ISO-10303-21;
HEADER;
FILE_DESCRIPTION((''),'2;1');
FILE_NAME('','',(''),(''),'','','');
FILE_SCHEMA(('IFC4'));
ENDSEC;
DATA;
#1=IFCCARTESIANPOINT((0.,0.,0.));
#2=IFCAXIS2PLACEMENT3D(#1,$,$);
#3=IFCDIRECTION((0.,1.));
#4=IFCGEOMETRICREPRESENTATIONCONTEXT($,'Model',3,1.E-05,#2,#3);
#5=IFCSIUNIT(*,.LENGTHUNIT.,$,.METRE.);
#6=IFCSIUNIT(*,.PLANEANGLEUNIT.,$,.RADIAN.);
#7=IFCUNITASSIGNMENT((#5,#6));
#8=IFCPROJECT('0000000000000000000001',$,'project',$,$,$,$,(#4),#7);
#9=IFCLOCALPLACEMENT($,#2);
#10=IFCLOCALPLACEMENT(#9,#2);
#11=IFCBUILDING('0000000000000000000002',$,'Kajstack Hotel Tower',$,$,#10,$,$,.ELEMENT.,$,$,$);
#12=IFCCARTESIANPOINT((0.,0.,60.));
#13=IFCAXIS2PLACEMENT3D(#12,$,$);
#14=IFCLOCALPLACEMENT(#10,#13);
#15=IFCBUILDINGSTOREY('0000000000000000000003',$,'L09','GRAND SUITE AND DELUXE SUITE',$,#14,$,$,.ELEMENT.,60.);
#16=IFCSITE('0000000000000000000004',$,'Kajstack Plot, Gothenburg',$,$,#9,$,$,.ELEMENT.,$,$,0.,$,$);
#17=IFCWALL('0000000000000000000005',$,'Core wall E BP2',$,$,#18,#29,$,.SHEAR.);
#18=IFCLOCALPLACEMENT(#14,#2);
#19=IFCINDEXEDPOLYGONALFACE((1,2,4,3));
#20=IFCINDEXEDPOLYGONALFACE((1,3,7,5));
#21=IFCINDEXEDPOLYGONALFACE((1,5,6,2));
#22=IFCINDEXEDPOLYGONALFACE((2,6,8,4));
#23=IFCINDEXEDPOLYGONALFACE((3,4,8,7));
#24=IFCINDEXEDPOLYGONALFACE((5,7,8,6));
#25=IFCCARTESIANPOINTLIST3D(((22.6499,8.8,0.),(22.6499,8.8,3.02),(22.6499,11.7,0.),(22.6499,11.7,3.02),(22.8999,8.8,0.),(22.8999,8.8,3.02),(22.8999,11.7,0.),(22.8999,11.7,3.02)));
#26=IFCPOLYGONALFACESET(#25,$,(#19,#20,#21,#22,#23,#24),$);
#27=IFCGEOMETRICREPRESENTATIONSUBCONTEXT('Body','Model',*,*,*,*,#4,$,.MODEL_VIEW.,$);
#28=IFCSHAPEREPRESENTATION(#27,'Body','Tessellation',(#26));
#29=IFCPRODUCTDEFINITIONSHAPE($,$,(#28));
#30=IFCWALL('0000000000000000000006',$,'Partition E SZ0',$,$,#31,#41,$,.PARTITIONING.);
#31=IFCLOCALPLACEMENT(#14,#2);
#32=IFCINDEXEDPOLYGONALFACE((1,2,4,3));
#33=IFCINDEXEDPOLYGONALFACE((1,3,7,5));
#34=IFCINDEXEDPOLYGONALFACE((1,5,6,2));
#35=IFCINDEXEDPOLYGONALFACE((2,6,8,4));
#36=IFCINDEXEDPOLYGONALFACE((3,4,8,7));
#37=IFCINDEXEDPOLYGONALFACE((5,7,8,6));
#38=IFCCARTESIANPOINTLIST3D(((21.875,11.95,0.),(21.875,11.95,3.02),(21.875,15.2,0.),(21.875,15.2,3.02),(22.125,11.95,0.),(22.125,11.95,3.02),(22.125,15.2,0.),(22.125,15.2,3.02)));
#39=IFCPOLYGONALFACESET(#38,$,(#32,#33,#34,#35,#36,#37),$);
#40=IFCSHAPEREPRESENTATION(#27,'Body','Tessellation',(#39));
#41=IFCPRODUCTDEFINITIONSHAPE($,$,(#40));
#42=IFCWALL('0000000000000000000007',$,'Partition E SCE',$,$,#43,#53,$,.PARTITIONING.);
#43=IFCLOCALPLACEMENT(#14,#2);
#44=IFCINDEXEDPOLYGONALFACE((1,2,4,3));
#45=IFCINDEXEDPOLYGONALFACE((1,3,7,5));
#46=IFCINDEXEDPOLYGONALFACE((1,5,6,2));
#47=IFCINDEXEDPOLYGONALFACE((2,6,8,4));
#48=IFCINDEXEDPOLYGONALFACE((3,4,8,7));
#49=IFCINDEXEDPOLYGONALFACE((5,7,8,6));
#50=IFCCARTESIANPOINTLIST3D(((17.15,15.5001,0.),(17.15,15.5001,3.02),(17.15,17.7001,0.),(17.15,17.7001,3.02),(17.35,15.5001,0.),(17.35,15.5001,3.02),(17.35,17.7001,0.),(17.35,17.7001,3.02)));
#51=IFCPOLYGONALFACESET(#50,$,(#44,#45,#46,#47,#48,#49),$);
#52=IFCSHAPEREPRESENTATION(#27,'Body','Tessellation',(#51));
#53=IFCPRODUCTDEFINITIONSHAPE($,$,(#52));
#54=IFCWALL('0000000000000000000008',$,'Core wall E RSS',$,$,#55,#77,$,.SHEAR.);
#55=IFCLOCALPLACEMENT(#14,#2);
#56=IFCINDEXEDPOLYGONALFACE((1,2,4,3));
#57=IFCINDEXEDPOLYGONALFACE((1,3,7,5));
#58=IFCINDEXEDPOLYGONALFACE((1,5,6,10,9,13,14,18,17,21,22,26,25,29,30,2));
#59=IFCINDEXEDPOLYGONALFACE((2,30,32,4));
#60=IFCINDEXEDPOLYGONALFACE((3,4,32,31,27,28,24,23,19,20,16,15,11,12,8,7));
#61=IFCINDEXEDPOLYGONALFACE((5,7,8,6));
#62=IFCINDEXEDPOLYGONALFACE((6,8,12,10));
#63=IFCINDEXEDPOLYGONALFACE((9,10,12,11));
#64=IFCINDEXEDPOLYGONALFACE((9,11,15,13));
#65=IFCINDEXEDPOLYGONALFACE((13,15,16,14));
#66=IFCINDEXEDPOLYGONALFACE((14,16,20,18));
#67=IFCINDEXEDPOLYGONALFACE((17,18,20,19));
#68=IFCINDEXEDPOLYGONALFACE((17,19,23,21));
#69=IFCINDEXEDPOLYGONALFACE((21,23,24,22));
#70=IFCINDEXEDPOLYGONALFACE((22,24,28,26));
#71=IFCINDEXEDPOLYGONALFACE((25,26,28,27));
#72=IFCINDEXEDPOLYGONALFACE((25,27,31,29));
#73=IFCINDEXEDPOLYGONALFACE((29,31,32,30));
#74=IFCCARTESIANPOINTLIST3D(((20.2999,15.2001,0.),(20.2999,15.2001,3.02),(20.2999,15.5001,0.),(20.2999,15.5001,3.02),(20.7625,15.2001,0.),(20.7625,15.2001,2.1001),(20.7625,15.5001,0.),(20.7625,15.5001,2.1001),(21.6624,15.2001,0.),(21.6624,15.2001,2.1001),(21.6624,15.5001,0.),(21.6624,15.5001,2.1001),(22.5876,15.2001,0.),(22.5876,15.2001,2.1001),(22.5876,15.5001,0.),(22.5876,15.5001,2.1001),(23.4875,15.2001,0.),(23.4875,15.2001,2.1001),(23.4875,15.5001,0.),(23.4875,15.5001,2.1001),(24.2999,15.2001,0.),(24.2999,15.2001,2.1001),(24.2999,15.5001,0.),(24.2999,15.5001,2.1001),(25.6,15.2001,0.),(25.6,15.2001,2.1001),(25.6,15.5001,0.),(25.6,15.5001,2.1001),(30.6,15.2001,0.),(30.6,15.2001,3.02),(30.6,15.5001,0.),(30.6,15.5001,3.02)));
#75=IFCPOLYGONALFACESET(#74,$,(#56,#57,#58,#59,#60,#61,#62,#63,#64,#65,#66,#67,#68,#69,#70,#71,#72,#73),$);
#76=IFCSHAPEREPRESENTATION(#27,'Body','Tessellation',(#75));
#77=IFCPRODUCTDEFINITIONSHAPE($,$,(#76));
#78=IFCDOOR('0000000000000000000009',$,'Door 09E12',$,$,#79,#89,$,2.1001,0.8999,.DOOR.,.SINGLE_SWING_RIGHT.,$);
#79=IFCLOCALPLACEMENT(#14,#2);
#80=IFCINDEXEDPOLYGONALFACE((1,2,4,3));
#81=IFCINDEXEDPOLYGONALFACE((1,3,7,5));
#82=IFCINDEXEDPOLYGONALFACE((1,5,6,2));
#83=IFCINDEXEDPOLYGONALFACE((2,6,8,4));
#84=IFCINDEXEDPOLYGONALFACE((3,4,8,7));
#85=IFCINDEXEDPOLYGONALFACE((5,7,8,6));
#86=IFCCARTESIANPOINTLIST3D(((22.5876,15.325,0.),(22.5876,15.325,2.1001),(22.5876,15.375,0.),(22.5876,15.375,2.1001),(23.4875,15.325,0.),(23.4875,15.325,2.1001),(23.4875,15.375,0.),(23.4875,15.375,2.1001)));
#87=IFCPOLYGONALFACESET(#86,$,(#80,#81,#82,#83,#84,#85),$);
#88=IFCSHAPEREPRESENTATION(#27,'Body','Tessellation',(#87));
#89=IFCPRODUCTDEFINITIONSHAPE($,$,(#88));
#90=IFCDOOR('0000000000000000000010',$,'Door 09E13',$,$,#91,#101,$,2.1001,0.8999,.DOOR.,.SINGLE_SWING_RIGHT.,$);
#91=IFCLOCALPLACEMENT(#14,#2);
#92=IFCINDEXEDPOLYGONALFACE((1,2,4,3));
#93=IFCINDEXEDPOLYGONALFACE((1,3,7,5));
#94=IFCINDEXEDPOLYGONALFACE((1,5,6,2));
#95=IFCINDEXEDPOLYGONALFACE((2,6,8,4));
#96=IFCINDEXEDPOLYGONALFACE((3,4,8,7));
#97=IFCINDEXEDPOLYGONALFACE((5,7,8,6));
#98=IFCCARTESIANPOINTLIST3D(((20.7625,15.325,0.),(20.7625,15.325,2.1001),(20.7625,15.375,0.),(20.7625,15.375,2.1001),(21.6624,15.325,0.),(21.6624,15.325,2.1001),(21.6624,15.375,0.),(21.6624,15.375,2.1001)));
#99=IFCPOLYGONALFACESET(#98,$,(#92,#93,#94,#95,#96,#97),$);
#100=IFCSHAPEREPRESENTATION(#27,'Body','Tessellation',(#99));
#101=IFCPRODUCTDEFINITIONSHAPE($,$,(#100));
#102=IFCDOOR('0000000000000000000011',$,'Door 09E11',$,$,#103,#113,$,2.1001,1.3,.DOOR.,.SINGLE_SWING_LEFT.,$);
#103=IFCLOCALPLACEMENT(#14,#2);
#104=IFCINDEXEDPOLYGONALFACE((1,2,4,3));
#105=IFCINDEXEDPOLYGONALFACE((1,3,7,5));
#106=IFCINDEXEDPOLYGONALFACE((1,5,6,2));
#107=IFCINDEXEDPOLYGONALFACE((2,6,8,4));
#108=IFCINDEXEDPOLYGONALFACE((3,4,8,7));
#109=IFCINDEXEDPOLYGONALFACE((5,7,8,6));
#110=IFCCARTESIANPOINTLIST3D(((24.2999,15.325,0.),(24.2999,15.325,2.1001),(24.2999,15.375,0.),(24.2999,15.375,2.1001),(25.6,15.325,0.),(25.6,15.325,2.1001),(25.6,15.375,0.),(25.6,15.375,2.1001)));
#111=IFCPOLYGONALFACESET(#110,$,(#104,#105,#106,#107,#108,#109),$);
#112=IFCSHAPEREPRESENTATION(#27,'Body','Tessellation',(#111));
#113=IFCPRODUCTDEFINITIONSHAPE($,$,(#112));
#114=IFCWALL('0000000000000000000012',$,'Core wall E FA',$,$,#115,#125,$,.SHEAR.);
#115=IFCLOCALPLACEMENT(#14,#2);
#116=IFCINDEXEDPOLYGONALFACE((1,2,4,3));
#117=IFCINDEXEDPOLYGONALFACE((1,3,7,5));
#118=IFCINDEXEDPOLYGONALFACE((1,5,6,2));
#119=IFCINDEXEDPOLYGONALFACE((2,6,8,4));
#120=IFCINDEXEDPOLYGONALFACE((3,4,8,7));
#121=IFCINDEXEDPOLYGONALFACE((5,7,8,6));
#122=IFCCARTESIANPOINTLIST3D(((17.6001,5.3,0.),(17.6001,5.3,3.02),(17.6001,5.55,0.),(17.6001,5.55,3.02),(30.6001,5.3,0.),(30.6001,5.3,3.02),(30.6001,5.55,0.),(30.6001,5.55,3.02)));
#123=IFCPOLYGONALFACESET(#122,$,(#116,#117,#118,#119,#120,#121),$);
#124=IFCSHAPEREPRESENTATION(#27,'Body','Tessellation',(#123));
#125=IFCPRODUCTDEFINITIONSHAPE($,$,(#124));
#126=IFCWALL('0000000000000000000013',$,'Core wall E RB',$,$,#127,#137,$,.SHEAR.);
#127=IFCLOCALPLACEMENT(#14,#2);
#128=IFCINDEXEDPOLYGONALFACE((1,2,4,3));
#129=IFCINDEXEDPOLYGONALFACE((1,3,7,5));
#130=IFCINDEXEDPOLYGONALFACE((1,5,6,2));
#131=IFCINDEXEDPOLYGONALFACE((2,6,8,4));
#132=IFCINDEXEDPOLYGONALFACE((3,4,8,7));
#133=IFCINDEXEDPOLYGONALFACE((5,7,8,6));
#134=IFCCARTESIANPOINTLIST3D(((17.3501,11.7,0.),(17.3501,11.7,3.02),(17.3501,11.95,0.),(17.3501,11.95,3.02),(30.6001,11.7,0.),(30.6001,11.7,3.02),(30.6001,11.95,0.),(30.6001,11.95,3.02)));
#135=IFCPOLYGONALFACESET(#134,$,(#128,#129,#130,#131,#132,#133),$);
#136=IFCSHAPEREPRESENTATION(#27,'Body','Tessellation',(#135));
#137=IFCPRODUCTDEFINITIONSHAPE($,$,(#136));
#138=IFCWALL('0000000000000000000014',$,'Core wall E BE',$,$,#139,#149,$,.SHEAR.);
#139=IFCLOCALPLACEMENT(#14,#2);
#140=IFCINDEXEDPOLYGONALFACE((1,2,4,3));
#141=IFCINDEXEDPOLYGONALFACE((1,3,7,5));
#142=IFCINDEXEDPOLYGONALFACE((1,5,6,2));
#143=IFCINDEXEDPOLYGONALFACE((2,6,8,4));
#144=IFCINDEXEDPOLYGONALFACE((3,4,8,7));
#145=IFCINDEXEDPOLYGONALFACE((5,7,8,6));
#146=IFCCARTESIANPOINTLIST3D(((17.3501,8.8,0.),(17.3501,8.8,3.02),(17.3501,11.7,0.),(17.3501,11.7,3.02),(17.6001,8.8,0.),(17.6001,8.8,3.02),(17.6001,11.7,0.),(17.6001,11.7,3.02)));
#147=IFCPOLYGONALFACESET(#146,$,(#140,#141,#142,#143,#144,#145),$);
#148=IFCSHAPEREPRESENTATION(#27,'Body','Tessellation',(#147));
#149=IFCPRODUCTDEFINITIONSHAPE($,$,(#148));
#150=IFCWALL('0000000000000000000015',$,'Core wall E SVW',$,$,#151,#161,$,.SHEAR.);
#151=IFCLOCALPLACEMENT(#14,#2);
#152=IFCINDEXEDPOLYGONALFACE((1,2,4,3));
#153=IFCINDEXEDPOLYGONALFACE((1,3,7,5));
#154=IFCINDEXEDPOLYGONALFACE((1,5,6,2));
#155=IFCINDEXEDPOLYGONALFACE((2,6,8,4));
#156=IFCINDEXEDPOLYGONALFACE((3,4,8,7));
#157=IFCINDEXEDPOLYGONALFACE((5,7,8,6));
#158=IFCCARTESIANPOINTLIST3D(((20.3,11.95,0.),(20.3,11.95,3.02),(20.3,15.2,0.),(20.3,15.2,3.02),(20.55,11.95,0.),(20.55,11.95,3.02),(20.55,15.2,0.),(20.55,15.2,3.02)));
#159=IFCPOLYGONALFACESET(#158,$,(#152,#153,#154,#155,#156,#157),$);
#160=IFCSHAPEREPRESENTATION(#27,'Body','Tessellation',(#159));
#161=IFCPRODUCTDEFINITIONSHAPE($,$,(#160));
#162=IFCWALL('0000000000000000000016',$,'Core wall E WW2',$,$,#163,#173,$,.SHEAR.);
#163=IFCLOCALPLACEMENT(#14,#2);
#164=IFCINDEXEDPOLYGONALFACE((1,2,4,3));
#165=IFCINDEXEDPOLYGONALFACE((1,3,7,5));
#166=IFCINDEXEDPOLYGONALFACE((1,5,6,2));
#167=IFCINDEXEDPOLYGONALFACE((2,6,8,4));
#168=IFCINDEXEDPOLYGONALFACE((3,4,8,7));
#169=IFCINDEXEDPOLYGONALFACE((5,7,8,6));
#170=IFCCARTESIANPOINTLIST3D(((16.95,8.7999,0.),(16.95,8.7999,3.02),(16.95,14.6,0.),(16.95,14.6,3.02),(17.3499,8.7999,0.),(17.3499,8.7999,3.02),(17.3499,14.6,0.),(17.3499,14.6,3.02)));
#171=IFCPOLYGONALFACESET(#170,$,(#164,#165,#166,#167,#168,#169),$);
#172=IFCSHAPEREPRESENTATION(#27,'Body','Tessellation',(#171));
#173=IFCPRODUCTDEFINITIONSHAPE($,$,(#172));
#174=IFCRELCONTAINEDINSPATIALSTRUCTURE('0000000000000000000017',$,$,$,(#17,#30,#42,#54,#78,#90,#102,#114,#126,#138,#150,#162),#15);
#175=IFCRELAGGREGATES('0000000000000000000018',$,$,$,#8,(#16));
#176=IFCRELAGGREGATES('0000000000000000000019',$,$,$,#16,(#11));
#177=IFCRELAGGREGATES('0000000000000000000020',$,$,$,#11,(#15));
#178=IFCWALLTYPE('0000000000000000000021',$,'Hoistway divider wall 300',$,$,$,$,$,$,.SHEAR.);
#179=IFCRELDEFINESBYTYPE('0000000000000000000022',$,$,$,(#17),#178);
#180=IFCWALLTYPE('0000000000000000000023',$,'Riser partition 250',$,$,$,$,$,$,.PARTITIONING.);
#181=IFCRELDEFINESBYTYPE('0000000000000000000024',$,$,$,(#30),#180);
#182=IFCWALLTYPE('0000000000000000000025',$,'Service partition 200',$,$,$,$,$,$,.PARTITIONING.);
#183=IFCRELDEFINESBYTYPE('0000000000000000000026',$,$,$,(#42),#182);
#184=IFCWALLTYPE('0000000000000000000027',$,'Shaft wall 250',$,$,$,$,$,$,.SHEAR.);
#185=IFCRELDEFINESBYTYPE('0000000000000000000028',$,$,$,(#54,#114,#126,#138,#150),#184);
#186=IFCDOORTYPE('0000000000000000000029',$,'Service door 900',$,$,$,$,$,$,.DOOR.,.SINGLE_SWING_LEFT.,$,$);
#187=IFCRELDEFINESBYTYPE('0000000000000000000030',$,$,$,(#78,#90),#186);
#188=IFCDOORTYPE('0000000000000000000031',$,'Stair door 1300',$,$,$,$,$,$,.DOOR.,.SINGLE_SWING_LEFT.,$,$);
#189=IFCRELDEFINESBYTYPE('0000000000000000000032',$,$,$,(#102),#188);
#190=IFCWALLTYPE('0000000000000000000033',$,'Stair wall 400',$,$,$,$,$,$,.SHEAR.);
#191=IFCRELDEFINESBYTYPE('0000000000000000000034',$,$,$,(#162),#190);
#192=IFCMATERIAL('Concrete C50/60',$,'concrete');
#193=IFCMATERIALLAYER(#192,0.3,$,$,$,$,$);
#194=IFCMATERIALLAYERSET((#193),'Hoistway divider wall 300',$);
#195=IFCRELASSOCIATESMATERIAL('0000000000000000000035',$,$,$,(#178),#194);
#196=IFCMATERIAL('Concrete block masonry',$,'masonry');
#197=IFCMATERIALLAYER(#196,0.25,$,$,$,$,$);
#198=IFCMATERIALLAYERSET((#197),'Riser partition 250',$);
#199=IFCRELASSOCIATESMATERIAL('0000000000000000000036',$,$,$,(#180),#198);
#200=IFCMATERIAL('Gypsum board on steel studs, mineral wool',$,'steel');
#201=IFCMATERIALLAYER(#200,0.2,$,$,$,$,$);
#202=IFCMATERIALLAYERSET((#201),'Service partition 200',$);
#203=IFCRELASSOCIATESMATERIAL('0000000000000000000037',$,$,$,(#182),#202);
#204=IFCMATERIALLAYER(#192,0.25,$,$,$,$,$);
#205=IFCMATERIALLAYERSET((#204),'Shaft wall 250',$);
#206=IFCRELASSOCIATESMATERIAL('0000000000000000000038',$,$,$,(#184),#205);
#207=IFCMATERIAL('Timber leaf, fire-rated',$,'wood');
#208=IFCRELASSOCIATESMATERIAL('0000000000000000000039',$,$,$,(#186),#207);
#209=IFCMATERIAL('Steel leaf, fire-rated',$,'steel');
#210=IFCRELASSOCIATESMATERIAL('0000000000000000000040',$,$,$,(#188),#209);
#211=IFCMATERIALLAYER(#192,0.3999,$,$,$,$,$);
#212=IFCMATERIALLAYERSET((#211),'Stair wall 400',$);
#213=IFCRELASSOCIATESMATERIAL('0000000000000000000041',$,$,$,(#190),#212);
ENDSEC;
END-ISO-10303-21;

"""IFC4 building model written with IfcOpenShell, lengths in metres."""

from ifc_helpers import new_model, si_unit, direction, frame, frame_2d, origin, place, context, subcontext, project, spatial, rectangle, extrude, material, layer, layer_set, type_object, element, fill, save


model = new_model("IFC4")

# Units and contexts
model_context = context("Model", 3, precision=1e-05, world=origin(), true_north=direction((0.0, 1.0)))
body_context = subcontext(model_context, "Body", "Model", "MODEL_VIEW")
ifc_project = project(units=[si_unit("LENGTHUNIT", "METRE"), si_unit("PLANEANGLEUNIT", "RADIAN")], contexts=[model_context])

# Site, building, storey
site_placement = place(None, origin())
site = spatial("IfcSite", under=ifc_project, at=site_placement, Name="Kajstack Plot, Gothenburg", CompositionType="ELEMENT", RefElevation=0.0)
building_placement = place(site_placement, origin())
building = spatial("IfcBuilding", under=site, at=building_placement, Name="Kajstack Hotel Tower", CompositionType="ELEMENT")
storey_placement = place(building_placement, frame((0.0, 0.0, 60.0)))
storey = spatial("IfcBuildingStorey", under=building, at=storey_placement, Name="L09", Description="GRAND SUITE AND DELUXE SUITE", CompositionType="ELEMENT", Elevation=60.0)

# Walls
ifc_material_1 = material(Name="Concrete C50/60", Category="concrete")
ifc_layer_1 = layer(ifc_material_1, 0.3)
ifc_layer_set_1 = layer_set([ifc_layer_1], Name="Hoistway divider wall 300")
wall_type_1 = type_object("IfcWallType", Name="Hoistway divider wall 300", PredefinedType="SHEAR", material=ifc_layer_set_1)
wall_1_placement = place(storey_placement, frame((22.7749, 8.8, 0.0), z_axis=(0.0, 0.0, 1.0), x_axis=(0.0, 1.0, 0.0)))
element("IfcWall", 1, at=wall_1_placement, inside=storey, type_object=wall_type_1, Name="Core wall E BP2", PredefinedType="SHEAR", context=body_context, shape_type="SweptSolid", body=[
    extrude(rectangle(XDim=2.8999, YDim=0.25, at=frame_2d((1.45, 0.0))), origin(), (0.0, 0.0, 1.0), 3.02),
])
ifc_material_2 = material(Name="Concrete block masonry", Category="masonry")
ifc_layer_2 = layer(ifc_material_2, 0.25)
ifc_layer_set_2 = layer_set([ifc_layer_2], Name="Riser partition 250")
wall_type_2 = type_object("IfcWallType", Name="Riser partition 250", PredefinedType="PARTITIONING", material=ifc_layer_set_2)
wall_2_placement = place(storey_placement, frame((22.0, 11.95, 0.0), z_axis=(0.0, 0.0, 1.0), x_axis=(0.0, 1.0, 0.0)))
element("IfcWall", 2, at=wall_2_placement, inside=storey, type_object=wall_type_2, Name="Partition E SZ0", PredefinedType="PARTITIONING", context=body_context, shape_type="SweptSolid", body=[
    extrude(rectangle(XDim=3.25, YDim=0.25, at=frame_2d((1.625, 0.0))), origin(), (0.0, 0.0, 1.0), 3.02),
])
ifc_material_3 = material(Name="Gypsum board on steel studs, mineral wool", Category="steel")
ifc_layer_3 = layer(ifc_material_3, 0.2)
ifc_layer_set_3 = layer_set([ifc_layer_3], Name="Service partition 200")
wall_type_3 = type_object("IfcWallType", Name="Service partition 200", PredefinedType="PARTITIONING", material=ifc_layer_set_3)
wall_3_placement = place(storey_placement, frame((17.25, 15.5, 0.0), z_axis=(0.0, 0.0, 1.0), x_axis=(0.0, 1.0, 0.0)))
element("IfcWall", 3, at=wall_3_placement, inside=storey, type_object=wall_type_3, Name="Partition E SCE", PredefinedType="PARTITIONING", context=body_context, shape_type="SweptSolid", body=[
    extrude(rectangle(XDim=2.2, YDim=0.2, at=frame_2d((1.1001, 0.0))), origin(), (0.0, 0.0, 1.0), 3.02),
])

# Wall, openings, doors
ifc_layer_4 = layer(ifc_material_1, 0.25)
ifc_layer_set_4 = layer_set([ifc_layer_4], Name="Shaft wall 250")
wall_type_4 = type_object("IfcWallType", Name="Shaft wall 250", PredefinedType="SHEAR", material=ifc_layer_set_4)
wall_4_placement = place(storey_placement, frame((20.3, 15.3501, 0.0), z_axis=(0.0, 0.0, 1.0), x_axis=(1.0, 0.0, 0.0)))
wall_4 = element("IfcWall", 4, at=wall_4_placement, inside=storey, type_object=wall_type_4, Name="Core wall E RSS", PredefinedType="SHEAR", context=body_context, shape_type="SweptSolid", body=[
    extrude(rectangle(XDim=10.3, YDim=0.3, at=frame_2d((5.1499, 0.0))), origin(), (0.0, 0.0, 1.0), 3.02),
])
opening_1_placement = place(wall_4_placement, frame((4.0, 0.0, 0.0)))
opening_1 = element("IfcOpeningElement", 5, at=opening_1_placement, cuts=wall_4, PredefinedType="OPENING", context=body_context, shape_type="SweptSolid", body=[
    extrude(rectangle(XDim=1.3, YDim=2.1001, at=frame_2d((0.6499, 1.05))), frame((0.0, 0.1599, 0.0), z_axis=(0.0, -1.0, 0.0), x_axis=(1.0, 0.0, 0.0)), (0.0, 0.0, 1.0), 0.3201),
])
opening_2_placement = place(wall_4_placement, frame((2.2876, 0.0, 0.0)))
opening_2 = element("IfcOpeningElement", 6, at=opening_2_placement, cuts=wall_4, PredefinedType="OPENING", context=body_context, shape_type="SweptSolid", body=[
    extrude(rectangle(XDim=0.8999, YDim=2.1001, at=frame_2d((0.45, 1.05))), frame((0.0, 0.1599, 0.0), z_axis=(0.0, -1.0, 0.0), x_axis=(1.0, 0.0, 0.0)), (0.0, 0.0, 1.0), 0.3201),
])
opening_3_placement = place(wall_4_placement, frame((0.4624, 0.0, 0.0)))
opening_3 = element("IfcOpeningElement", 7, at=opening_3_placement, cuts=wall_4, PredefinedType="OPENING", context=body_context, shape_type="SweptSolid", body=[
    extrude(rectangle(XDim=0.8999, YDim=2.1001, at=frame_2d((0.45, 1.05))), frame((0.0, 0.1599, 0.0), z_axis=(0.0, -1.0, 0.0), x_axis=(1.0, 0.0, 0.0)), (0.0, 0.0, 1.0), 0.3201),
])
ifc_material_4 = material(Name="Timber leaf, fire-rated", Category="wood")
door_type_1 = type_object("IfcDoorType", Name="Service door 900", OperationType="SINGLE_SWING_LEFT", PredefinedType="DOOR", material=ifc_material_4)
door_1_placement = place(opening_2_placement, origin())
door_1 = element("IfcDoor", 8, at=door_1_placement, inside=storey, type_object=door_type_1, Name="Door 09E12", OperationType="SINGLE_SWING_RIGHT", OverallHeight=2.1001, OverallWidth=0.8999, PredefinedType="DOOR", context=body_context, shape_type="SweptSolid", body=[
    extrude(rectangle(XDim=0.8999, YDim=2.1001, at=frame_2d((0.45, 1.05))), frame((0.0, 0.0249, 0.0), z_axis=(0.0, -1.0, 0.0), x_axis=(1.0, 0.0, 0.0)), (0.0, 0.0, 1.0), 0.05),
])
fill(opening_2, door_1)
door_2_placement = place(opening_3_placement, origin())
door_2 = element("IfcDoor", 9, at=door_2_placement, inside=storey, type_object=door_type_1, Name="Door 09E13", OperationType="SINGLE_SWING_RIGHT", OverallHeight=2.1001, OverallWidth=0.8999, PredefinedType="DOOR", context=body_context, shape_type="SweptSolid", body=[
    extrude(rectangle(XDim=0.8999, YDim=2.1001, at=frame_2d((0.45, 1.05))), frame((0.0, 0.0249, 0.0), z_axis=(0.0, -1.0, 0.0), x_axis=(1.0, 0.0, 0.0)), (0.0, 0.0, 1.0), 0.05),
])
fill(opening_3, door_2)
ifc_material_5 = material(Name="Steel leaf, fire-rated", Category="steel")
door_type_2 = type_object("IfcDoorType", Name="Stair door 1300", OperationType="SINGLE_SWING_LEFT", PredefinedType="DOOR", material=ifc_material_5)
door_3_placement = place(opening_1_placement, origin())
door_3 = element("IfcDoor", 10, at=door_3_placement, inside=storey, type_object=door_type_2, Name="Door 09E11", OperationType="SINGLE_SWING_LEFT", OverallHeight=2.1001, OverallWidth=1.3, PredefinedType="DOOR", context=body_context, shape_type="SweptSolid", body=[
    extrude(rectangle(XDim=1.3, YDim=2.1001, at=frame_2d((0.6499, 1.05))), frame((0.0, 0.0249, 0.0), z_axis=(0.0, -1.0, 0.0), x_axis=(1.0, 0.0, 0.0)), (0.0, 0.0, 1.0), 0.05),
])
fill(opening_1, door_3)

# Walls
wall_5_placement = place(storey_placement, frame((17.6001, 5.425, 0.0), z_axis=(0.0, 0.0, 1.0), x_axis=(1.0, 0.0, 0.0)))
element("IfcWall", 11, at=wall_5_placement, inside=storey, type_object=wall_type_4, Name="Core wall E FA", PredefinedType="SHEAR", context=body_context, shape_type="SweptSolid", body=[
    extrude(rectangle(XDim=13.0, YDim=0.25, at=frame_2d((6.5, 0.0))), origin(), (0.0, 0.0, 1.0), 3.02),
])
wall_6_placement = place(storey_placement, frame((17.3501, 11.825, 0.0), z_axis=(0.0, 0.0, 1.0), x_axis=(1.0, 0.0, 0.0)))
element("IfcWall", 12, at=wall_6_placement, inside=storey, type_object=wall_type_4, Name="Core wall E RB", PredefinedType="SHEAR", context=body_context, shape_type="SweptSolid", body=[
    extrude(rectangle(XDim=13.25, YDim=0.25, at=frame_2d((6.625, 0.0))), origin(), (0.0, 0.0, 1.0), 3.02),
])
wall_7_placement = place(storey_placement, frame((17.4751, 8.8, 0.0), z_axis=(0.0, 0.0, 1.0), x_axis=(0.0, 1.0, 0.0)))
element("IfcWall", 13, at=wall_7_placement, inside=storey, type_object=wall_type_4, Name="Core wall E BE", PredefinedType="SHEAR", context=body_context, shape_type="SweptSolid", body=[
    extrude(rectangle(XDim=2.8999, YDim=0.25, at=frame_2d((1.45, 0.0))), origin(), (0.0, 0.0, 1.0), 3.02),
])
wall_8_placement = place(storey_placement, frame((20.425, 11.95, 0.0), z_axis=(0.0, 0.0, 1.0), x_axis=(0.0, 1.0, 0.0)))
element("IfcWall", 14, at=wall_8_placement, inside=storey, type_object=wall_type_4, Name="Core wall E SVW", PredefinedType="SHEAR", context=body_context, shape_type="SweptSolid", body=[
    extrude(rectangle(XDim=3.25, YDim=0.25, at=frame_2d((1.625, 0.0))), origin(), (0.0, 0.0, 1.0), 3.02),
])
ifc_layer_5 = layer(ifc_material_1, 0.3999)
ifc_layer_set_5 = layer_set([ifc_layer_5], Name="Stair wall 400")
wall_type_5 = type_object("IfcWallType", Name="Stair wall 400", PredefinedType="SHEAR", material=ifc_layer_set_5)
wall_9_placement = place(storey_placement, frame((17.1499, 8.8, 0.0), z_axis=(0.0, 0.0, 1.0), x_axis=(0.0, 1.0, 0.0)))
element("IfcWall", 15, at=wall_9_placement, inside=storey, type_object=wall_type_5, Name="Core wall E WW2", PredefinedType="SHEAR", context=body_context, shape_type="SweptSolid", body=[
    extrude(rectangle(XDim=5.8, YDim=0.3999, at=frame_2d((2.8999, 0.0))), origin(), (0.0, 0.0, 1.0), 3.02),
])

save(model, "model.ifc")
